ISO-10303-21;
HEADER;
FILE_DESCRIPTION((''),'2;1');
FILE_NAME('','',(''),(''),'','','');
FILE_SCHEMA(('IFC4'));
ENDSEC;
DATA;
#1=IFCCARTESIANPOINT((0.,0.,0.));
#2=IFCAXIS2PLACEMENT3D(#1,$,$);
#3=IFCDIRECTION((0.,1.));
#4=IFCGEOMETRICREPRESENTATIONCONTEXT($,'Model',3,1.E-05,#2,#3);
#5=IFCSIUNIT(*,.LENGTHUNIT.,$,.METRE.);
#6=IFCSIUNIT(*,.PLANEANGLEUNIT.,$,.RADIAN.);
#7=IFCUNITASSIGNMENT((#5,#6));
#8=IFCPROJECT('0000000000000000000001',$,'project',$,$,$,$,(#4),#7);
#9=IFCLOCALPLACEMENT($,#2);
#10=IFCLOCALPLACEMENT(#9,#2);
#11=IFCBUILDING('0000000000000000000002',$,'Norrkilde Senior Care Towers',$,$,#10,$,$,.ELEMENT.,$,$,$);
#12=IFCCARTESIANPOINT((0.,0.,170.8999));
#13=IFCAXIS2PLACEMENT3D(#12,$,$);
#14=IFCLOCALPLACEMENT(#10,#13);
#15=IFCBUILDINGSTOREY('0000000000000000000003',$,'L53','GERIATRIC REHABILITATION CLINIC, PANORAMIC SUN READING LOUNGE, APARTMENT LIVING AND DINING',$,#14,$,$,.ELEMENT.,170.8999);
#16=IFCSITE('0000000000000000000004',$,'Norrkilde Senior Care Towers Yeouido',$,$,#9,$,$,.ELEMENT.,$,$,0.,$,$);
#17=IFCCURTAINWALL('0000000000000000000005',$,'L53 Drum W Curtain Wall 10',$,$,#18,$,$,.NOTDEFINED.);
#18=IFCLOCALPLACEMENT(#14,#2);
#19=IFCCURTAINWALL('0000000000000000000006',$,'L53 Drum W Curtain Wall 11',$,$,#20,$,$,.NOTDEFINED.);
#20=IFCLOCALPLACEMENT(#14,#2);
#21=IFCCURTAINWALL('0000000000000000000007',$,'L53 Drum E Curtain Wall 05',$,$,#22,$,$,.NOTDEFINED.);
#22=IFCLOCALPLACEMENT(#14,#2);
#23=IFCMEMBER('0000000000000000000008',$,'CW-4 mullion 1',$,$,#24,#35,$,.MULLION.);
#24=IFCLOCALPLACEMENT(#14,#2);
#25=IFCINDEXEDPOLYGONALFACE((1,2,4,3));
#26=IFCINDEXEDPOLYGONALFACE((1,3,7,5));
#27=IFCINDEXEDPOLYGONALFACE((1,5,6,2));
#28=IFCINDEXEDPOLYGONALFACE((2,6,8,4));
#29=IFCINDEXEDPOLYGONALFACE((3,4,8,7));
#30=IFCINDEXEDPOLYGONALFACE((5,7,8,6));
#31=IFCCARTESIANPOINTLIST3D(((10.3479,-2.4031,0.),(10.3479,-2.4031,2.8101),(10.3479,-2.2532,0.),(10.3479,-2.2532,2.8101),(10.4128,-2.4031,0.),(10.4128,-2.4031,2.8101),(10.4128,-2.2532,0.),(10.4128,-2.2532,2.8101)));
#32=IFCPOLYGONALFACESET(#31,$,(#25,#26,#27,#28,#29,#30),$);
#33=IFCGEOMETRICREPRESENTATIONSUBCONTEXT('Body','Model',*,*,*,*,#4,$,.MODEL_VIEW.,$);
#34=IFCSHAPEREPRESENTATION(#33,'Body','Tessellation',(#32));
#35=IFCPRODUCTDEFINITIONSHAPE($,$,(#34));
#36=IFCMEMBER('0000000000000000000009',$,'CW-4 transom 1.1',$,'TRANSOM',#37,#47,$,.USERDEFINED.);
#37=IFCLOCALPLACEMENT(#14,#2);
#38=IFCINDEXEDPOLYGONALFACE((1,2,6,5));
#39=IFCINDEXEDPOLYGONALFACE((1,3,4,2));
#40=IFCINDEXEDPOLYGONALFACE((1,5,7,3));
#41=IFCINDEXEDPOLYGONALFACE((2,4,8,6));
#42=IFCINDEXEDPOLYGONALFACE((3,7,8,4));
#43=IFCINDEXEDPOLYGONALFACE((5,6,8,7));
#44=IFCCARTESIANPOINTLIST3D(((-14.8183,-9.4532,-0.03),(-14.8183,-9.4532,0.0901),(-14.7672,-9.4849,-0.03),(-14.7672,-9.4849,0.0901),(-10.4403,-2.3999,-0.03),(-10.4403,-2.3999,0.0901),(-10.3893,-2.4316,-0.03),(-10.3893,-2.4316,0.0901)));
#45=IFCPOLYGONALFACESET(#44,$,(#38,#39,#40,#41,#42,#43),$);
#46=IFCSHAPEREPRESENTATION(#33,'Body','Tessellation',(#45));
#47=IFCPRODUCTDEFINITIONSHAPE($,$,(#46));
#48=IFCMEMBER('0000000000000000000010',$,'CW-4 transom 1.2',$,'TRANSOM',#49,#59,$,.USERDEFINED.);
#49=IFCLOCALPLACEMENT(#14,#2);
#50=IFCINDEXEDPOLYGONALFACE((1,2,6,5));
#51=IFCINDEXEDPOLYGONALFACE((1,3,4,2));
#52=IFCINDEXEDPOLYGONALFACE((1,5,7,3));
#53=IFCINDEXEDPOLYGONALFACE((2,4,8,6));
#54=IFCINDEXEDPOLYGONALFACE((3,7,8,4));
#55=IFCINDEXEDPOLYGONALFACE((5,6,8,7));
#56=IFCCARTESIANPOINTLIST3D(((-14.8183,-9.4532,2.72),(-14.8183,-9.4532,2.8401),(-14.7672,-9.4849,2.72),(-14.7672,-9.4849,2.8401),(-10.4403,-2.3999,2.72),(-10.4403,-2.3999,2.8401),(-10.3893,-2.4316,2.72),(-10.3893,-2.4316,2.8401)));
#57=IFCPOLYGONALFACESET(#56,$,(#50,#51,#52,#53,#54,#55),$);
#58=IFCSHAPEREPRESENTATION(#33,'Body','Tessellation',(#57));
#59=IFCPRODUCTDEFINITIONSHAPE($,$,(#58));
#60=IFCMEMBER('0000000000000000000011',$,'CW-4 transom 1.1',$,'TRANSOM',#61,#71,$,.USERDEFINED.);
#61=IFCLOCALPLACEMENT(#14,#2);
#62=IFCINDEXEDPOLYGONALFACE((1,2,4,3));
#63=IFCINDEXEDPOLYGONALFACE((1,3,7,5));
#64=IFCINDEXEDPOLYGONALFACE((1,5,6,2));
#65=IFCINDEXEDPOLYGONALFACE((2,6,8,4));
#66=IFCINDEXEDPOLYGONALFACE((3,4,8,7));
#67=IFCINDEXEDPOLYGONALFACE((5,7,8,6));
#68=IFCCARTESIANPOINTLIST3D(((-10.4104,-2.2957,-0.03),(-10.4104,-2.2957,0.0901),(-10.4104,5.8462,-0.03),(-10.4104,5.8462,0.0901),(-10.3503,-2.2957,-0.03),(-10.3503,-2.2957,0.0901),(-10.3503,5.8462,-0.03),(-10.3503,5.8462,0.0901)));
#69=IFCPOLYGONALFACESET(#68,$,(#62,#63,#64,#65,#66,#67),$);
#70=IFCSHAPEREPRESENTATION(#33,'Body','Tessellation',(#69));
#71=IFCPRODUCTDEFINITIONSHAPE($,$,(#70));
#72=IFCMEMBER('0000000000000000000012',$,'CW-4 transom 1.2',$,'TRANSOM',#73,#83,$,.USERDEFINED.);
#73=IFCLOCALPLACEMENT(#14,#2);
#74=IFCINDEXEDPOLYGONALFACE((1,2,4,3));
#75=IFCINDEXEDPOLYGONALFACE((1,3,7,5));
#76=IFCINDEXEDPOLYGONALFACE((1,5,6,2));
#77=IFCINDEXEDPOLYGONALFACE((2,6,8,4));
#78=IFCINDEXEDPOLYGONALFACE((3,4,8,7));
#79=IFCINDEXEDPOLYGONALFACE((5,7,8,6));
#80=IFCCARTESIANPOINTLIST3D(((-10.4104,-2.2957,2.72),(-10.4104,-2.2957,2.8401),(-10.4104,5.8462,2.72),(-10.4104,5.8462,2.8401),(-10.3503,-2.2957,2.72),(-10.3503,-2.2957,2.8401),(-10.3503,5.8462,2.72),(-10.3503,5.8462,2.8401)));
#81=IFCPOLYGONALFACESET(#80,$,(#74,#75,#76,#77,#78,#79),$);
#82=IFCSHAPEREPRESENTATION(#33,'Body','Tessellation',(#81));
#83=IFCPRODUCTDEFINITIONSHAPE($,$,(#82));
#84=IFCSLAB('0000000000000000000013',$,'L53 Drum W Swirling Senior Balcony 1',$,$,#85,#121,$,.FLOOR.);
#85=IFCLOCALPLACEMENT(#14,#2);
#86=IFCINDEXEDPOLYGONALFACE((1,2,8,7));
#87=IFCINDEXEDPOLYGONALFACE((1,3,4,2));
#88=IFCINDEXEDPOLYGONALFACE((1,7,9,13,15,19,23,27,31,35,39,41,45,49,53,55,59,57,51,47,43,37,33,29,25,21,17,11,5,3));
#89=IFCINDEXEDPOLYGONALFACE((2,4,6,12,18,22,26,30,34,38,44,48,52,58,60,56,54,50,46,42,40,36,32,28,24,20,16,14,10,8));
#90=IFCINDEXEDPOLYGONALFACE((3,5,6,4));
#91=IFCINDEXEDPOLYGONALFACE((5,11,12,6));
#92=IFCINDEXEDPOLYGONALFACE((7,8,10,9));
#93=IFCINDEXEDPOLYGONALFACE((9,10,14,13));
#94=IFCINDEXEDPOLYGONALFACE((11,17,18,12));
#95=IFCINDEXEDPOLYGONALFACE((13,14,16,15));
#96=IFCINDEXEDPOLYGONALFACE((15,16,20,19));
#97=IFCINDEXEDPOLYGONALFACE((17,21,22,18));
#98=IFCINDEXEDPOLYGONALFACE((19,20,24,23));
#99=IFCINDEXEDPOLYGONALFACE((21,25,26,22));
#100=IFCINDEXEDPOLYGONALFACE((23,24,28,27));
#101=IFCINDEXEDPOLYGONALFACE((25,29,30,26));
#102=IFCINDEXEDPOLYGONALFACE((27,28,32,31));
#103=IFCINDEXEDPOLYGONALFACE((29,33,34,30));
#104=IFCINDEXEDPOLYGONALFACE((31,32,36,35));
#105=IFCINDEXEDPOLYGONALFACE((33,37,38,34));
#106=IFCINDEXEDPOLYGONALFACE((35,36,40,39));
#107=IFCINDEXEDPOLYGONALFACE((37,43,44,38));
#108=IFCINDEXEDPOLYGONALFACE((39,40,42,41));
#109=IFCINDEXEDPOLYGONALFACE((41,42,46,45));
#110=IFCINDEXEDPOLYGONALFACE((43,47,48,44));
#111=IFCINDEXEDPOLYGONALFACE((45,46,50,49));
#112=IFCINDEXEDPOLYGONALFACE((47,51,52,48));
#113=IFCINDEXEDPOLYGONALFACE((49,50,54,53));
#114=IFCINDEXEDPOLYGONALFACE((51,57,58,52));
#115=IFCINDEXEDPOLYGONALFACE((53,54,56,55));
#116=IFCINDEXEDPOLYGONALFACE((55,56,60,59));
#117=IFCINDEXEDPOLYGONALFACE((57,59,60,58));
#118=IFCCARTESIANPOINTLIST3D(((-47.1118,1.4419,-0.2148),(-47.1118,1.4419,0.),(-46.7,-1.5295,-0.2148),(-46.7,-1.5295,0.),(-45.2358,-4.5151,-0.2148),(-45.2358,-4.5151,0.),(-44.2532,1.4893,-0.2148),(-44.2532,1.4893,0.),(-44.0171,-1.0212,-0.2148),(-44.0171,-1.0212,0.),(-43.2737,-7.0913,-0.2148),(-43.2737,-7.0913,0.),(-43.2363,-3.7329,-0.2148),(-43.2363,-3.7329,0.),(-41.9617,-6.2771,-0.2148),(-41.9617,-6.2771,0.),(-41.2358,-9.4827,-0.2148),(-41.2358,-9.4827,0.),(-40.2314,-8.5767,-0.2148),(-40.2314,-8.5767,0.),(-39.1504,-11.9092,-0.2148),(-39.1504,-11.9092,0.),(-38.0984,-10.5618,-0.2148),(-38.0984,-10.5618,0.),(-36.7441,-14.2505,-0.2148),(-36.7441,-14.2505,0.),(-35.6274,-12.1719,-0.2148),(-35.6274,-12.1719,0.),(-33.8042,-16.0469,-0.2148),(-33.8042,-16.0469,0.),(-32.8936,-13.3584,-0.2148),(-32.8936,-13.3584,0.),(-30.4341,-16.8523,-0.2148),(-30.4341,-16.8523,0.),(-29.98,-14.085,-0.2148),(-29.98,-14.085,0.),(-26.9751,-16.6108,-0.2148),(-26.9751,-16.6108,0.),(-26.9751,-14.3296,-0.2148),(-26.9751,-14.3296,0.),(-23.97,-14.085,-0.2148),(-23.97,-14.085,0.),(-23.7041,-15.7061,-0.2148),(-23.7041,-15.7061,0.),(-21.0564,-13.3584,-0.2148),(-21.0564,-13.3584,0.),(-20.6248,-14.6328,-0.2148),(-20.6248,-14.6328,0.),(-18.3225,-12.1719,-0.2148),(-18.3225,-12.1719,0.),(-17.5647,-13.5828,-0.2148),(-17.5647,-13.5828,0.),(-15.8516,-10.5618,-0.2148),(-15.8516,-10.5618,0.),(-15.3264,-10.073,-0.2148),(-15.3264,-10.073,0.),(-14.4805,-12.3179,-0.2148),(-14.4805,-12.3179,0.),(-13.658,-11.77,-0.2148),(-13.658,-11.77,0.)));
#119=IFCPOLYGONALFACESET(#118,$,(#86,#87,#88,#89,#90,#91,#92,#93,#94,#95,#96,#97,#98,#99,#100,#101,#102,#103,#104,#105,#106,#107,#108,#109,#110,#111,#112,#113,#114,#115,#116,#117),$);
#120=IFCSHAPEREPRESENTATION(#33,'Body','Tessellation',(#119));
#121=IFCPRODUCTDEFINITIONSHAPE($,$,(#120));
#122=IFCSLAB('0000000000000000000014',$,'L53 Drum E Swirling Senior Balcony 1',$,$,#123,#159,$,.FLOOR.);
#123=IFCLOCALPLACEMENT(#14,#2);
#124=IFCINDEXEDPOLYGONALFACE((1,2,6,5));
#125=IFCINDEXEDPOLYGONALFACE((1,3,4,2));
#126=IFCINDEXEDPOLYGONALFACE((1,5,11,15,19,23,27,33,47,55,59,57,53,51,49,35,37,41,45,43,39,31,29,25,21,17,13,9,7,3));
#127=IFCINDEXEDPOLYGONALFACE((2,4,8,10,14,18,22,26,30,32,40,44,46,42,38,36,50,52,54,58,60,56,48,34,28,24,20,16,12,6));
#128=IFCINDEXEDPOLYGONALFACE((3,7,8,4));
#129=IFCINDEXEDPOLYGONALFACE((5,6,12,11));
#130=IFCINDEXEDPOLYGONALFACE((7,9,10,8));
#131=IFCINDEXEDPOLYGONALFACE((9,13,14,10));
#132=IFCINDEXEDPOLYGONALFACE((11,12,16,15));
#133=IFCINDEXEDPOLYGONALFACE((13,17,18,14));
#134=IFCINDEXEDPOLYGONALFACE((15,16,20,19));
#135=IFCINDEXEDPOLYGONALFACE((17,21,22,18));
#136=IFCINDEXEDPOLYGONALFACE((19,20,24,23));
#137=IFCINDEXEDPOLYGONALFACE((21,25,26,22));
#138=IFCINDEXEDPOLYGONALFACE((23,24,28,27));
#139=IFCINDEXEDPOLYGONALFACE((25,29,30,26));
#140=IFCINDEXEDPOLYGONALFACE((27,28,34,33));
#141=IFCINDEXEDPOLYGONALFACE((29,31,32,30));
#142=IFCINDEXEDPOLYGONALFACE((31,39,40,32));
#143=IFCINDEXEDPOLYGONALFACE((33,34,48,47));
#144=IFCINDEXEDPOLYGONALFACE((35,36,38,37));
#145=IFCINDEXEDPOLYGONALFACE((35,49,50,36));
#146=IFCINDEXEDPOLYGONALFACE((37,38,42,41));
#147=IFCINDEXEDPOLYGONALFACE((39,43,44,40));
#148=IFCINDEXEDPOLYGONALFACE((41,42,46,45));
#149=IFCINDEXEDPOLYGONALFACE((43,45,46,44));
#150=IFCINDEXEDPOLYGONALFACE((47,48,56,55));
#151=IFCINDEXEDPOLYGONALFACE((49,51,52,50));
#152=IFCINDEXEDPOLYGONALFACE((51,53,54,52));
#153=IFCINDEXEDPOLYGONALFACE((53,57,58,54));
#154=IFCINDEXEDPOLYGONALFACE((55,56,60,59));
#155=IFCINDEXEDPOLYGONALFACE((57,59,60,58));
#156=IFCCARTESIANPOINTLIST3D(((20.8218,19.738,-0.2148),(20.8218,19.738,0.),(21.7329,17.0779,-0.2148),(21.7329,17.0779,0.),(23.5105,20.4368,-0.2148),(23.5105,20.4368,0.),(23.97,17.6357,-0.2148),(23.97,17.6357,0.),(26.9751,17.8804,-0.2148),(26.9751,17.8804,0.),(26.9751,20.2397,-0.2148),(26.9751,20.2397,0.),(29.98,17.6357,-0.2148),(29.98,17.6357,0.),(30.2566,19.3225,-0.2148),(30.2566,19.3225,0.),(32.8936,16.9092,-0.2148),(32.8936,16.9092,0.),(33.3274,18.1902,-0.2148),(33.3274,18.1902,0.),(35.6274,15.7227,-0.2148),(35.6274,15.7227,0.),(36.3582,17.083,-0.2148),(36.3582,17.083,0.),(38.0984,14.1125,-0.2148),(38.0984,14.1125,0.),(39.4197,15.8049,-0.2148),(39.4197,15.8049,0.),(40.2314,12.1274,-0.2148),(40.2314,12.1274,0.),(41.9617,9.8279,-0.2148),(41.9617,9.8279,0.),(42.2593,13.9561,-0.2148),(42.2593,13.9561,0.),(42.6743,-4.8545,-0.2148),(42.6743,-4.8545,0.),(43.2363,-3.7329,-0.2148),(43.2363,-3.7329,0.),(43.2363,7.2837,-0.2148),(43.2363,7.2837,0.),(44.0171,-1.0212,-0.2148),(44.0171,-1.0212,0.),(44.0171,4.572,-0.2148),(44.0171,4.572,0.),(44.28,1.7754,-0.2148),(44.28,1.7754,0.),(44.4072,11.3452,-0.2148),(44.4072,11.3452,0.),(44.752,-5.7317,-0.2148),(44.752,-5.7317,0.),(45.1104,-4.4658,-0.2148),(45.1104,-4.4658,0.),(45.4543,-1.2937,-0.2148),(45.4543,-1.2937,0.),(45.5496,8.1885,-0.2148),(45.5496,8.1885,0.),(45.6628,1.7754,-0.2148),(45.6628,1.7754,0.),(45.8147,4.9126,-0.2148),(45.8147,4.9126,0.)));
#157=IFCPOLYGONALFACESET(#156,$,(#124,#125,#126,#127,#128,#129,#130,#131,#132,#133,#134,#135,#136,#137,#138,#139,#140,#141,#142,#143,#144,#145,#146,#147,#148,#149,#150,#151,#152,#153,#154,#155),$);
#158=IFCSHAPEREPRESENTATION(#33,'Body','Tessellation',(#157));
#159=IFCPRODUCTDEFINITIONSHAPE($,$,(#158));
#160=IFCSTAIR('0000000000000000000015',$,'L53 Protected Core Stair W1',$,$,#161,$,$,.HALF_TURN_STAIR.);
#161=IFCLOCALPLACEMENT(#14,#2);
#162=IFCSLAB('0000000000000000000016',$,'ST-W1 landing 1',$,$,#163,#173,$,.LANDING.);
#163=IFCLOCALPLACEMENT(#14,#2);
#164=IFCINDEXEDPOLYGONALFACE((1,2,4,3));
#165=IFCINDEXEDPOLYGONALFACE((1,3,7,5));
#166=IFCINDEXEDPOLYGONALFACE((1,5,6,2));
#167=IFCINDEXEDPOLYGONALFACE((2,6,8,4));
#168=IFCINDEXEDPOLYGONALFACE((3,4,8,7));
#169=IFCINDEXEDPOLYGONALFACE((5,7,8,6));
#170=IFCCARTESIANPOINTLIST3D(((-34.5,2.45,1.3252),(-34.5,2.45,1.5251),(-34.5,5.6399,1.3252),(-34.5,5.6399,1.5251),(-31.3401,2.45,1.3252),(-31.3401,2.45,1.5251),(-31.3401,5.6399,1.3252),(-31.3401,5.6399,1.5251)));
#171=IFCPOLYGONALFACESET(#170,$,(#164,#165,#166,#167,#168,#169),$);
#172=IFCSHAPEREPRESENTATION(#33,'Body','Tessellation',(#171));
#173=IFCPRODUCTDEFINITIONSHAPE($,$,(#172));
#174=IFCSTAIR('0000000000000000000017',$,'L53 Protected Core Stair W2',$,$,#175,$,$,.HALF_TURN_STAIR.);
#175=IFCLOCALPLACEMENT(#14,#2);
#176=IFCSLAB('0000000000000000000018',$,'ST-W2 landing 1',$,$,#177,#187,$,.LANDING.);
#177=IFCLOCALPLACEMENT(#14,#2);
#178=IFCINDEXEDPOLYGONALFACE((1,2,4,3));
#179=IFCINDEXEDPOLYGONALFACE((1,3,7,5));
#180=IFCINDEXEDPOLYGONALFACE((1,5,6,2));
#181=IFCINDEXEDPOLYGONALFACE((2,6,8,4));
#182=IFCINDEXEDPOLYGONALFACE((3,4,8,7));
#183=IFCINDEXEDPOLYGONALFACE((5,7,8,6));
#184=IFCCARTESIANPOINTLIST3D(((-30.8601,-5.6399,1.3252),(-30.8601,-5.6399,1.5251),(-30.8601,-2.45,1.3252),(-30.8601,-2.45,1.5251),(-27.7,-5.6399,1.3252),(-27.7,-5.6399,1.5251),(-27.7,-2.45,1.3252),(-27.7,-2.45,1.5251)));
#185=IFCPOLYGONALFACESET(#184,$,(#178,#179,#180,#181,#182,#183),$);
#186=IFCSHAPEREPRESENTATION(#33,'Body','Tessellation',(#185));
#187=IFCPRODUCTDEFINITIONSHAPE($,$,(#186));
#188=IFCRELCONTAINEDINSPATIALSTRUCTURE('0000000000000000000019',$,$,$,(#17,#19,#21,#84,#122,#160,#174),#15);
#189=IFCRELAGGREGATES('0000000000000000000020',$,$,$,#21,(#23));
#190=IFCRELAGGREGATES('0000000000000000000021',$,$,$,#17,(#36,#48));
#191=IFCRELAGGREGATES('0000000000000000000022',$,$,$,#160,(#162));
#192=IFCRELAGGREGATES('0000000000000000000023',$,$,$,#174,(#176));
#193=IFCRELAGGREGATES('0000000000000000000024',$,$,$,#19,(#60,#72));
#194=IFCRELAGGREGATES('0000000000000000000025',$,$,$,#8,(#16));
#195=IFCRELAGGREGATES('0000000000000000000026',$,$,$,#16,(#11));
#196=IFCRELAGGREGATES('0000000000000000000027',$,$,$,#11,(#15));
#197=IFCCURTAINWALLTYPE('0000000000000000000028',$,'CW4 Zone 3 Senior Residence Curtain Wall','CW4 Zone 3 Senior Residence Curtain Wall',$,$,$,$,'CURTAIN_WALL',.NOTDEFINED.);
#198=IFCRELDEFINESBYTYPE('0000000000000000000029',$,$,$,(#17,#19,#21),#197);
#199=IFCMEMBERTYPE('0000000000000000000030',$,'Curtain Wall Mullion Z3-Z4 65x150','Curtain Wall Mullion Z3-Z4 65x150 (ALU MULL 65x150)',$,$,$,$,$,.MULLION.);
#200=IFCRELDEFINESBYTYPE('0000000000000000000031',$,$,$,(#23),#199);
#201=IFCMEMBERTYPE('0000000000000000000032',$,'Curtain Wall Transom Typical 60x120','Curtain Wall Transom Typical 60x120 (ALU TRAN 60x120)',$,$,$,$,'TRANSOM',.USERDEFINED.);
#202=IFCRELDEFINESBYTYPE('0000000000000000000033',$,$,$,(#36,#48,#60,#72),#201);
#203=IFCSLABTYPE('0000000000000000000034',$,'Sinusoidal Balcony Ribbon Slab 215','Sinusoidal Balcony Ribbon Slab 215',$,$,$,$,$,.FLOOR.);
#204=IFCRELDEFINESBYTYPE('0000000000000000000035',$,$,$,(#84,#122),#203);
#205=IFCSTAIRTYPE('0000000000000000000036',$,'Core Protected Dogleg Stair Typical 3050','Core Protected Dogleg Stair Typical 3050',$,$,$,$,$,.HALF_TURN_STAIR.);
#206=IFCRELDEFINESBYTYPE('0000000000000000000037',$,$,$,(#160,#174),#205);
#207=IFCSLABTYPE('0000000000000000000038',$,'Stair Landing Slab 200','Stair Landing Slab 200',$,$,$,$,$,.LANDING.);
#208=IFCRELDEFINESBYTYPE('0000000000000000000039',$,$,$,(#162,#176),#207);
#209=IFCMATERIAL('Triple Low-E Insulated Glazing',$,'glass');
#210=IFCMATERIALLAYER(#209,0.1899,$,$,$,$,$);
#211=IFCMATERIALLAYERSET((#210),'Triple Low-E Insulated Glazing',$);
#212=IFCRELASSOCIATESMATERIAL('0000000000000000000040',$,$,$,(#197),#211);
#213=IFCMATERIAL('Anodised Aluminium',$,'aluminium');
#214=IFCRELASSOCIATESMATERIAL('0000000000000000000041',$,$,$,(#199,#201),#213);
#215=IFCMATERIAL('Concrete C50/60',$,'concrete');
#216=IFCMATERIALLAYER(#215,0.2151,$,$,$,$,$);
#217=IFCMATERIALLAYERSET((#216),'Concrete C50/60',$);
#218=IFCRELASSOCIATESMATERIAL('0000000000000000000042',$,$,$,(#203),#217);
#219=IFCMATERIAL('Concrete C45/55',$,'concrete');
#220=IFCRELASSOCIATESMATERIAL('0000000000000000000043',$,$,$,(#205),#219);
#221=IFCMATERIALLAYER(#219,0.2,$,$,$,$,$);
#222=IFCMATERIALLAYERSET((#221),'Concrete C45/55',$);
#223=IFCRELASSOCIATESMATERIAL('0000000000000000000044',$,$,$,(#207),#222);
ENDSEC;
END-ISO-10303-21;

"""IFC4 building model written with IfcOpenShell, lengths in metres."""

from ifc_helpers import new_model, si_unit, direction, frame, origin, origin_2d, place, context, subcontext, project, spatial, polyline, rectangle, outline, extrude, source, transform, mapped, material, layer, layer_set, material_profile, profile_set, type_object, type_shapes, element, aggregate, save


model = new_model("IFC4")

# Units and contexts
model_context = context("Model", 3, precision=1e-05, world=origin(), true_north=direction((0.0, 1.0)))
body_context = subcontext(model_context, "Body", "Model", "MODEL_VIEW")
ifc_project = project(units=[si_unit("LENGTHUNIT", "METRE"), si_unit("PLANEANGLEUNIT", "RADIAN")], contexts=[model_context])

# Site, building, storey
site_placement = place(None, origin())
site = spatial("IfcSite", under=ifc_project, at=site_placement, Name="Norrkilde Senior Care Towers Yeouido", CompositionType="ELEMENT", RefElevation=0.0)
building_placement = place(site_placement, origin())
building = spatial("IfcBuilding", under=site, at=building_placement, Name="Norrkilde Senior Care Towers", CompositionType="ELEMENT")
storey_placement = place(building_placement, frame((0.0, 0.0, 170.8999)))
storey = spatial("IfcBuildingStorey", under=building, at=storey_placement, Name="L53", Description="GERIATRIC REHABILITATION CLINIC, PANORAMIC SUN READING LOUNGE, APARTMENT LIVING AND DINING", CompositionType="ELEMENT", Elevation=170.8999)

# Shared definitions
ifc_material_1 = material(Name="Concrete C50/60", Category="concrete")

# Curtain wall
ifc_material_2 = material(Name="Triple Low-E Insulated Glazing", Category="glass")
ifc_layer_1 = layer(ifc_material_2, 0.1899)
ifc_layer_set_1 = layer_set([ifc_layer_1], Name="Triple Low-E Insulated Glazing")
curtain_wall_type = type_object("IfcCurtainWallType", Name="CW4 Zone 3 Senior Residence Curtain Wall", Description="CW4 Zone 3 Senior Residence Curtain Wall", ElementType="CURTAIN_WALL", PredefinedType="NOTDEFINED", material=ifc_layer_set_1)
ifc_material_3 = material(Name="Anodised Aluminium", Category="aluminium")
ifc_material_profile_1 = material_profile(ifc_material_3, rectangle(XDim=0.0649, YDim=0.1499, at=origin_2d()), Name="ALU MULL 65x150")
ifc_profile_set_1 = profile_set([ifc_material_profile_1], Name="Anodised Aluminium")
member_type_1 = type_object("IfcMemberType", Name="Curtain Wall Mullion Z3-Z4 65x150", Description="Curtain Wall Mullion Z3-Z4 65x150 (ALU MULL 65x150)", PredefinedType="MULLION", material=ifc_profile_set_1)
shared_shape_1 = source(origin(), body_context, "Body", "SweptSolid", [
    extrude(rectangle(XDim=0.0649, YDim=0.1499, at=origin_2d()), origin(), (0.0, 0.0, 1.0), 2.8101),
])
type_shapes(member_type_1, [shared_shape_1])
curtain_wall_1_placement = place(storey_placement, origin())
curtain_wall_1 = element("IfcCurtainWall", 1, at=curtain_wall_1_placement, inside=storey, type_object=curtain_wall_type, Name="L53 Drum W Curtain Wall 10", PredefinedType="NOTDEFINED")

# Curtain wall
curtain_wall_2_placement = place(storey_placement, origin())
curtain_wall_2 = element("IfcCurtainWall", 2, at=curtain_wall_2_placement, inside=storey, type_object=curtain_wall_type, Name="L53 Drum W Curtain Wall 11", PredefinedType="NOTDEFINED")

# Curtain wall, member
curtain_wall_3_placement = place(storey_placement, origin())
curtain_wall_3 = element("IfcCurtainWall", 3, at=curtain_wall_3_placement, inside=storey, type_object=curtain_wall_type, Name="L53 Drum E Curtain Wall 05", PredefinedType="NOTDEFINED")
member_1_placement = place(storey_placement, frame((10.3804, -2.3281, 0.0), z_axis=(0.0, 0.0, 1.0), x_axis=(-1.0, 0.0, 0.0)))
member_1 = element("IfcMember", 4, at=member_1_placement, type_object=member_type_1, Name="CW-4 mullion 1", PredefinedType="MULLION", context=body_context, shape_type="MappedRepresentation", body=[
    mapped(shared_shape_1, transform((0.0, 0.0, 0.0), x_axis=(1.0, 0.0, 0.0), y_axis=(0.0, 1.0, 0.0), z_axis=(0.0, 0.0, 1.0), scale=1.0)),
])
aggregate(curtain_wall_3, [member_1])

# Members
ifc_material_profile_2 = material_profile(ifc_material_3, rectangle(XDim=0.0601, YDim=0.1201, at=origin_2d()), Name="ALU TRAN 60x120")
ifc_profile_set_2 = profile_set([ifc_material_profile_2], Name="Anodised Aluminium")
member_type_2 = type_object("IfcMemberType", Name="Curtain Wall Transom Typical 60x120", Description="Curtain Wall Transom Typical 60x120 (ALU TRAN 60x120)", ElementType="TRANSOM", PredefinedType="USERDEFINED", material=ifc_profile_set_2)
shared_shape_2 = source(origin(), body_context, "Body", "SweptSolid", [
    extrude(rectangle(XDim=0.0601, YDim=0.1201, at=origin_2d()), origin(), (0.0, 0.0, 1.0), 8.3015),
])
member_2_placement = place(storey_placement, frame((-10.4148, -2.4158, 0.03), z_axis=(-0.527369, -0.849637, 0.0), x_axis=(0.849637, -0.527369, 0.0)))
member_2 = element("IfcMember", 5, at=member_2_placement, type_object=member_type_2, Name="CW-4 transom 1.1", ObjectType="TRANSOM", PredefinedType="USERDEFINED", context=body_context, shape_type="MappedRepresentation", body=[
    mapped(shared_shape_2, transform((0.0, 0.0, 0.0), x_axis=(1.0, 0.0, 0.0), y_axis=(0.0, 1.0, 0.0), z_axis=(0.0, 0.0, 1.0), scale=1.0)),
])
member_3_placement = place(storey_placement, frame((-10.4148, -2.4158, 2.78), z_axis=(-0.527369, -0.849637, 0.0), x_axis=(0.849637, -0.527369, 0.0)))
member_3 = element("IfcMember", 6, at=member_3_placement, type_object=member_type_2, Name="CW-4 transom 1.2", ObjectType="TRANSOM", PredefinedType="USERDEFINED", context=body_context, shape_type="MappedRepresentation", body=[
    mapped(shared_shape_2, transform((0.0, 0.0, 0.0), x_axis=(1.0, 0.0, 0.0), y_axis=(0.0, 1.0, 0.0), z_axis=(0.0, 0.0, 1.0), scale=1.0)),
])
aggregate(curtain_wall_1, [member_2, member_3])
shared_shape_3 = source(origin(), body_context, "Body", "SweptSolid", [
    extrude(rectangle(XDim=0.0601, YDim=0.1201, at=origin_2d()), origin(), (0.0, 0.0, 1.0), 8.1418),
])
type_shapes(member_type_2, [shared_shape_2, shared_shape_3])
member_4_placement = place(storey_placement, frame((-10.3804, 5.8462, 0.03), z_axis=(0.0, -1.0, 0.0), x_axis=(1.0, 0.0, 0.0)))
member_4 = element("IfcMember", 7, at=member_4_placement, type_object=member_type_2, Name="CW-4 transom 1.1", ObjectType="TRANSOM", PredefinedType="USERDEFINED", context=body_context, shape_type="MappedRepresentation", body=[
    mapped(shared_shape_3, transform((0.0, 0.0, 0.0), x_axis=(1.0, 0.0, 0.0), y_axis=(0.0, 1.0, 0.0), z_axis=(0.0, 0.0, 1.0), scale=1.0)),
])
member_5_placement = place(storey_placement, frame((-10.3804, 5.8462, 2.78), z_axis=(0.0, -1.0, 0.0), x_axis=(1.0, 0.0, 0.0)))
member_5 = element("IfcMember", 8, at=member_5_placement, type_object=member_type_2, Name="CW-4 transom 1.2", ObjectType="TRANSOM", PredefinedType="USERDEFINED", context=body_context, shape_type="MappedRepresentation", body=[
    mapped(shared_shape_3, transform((0.0, 0.0, 0.0), x_axis=(1.0, 0.0, 0.0), y_axis=(0.0, 1.0, 0.0), z_axis=(0.0, 0.0, 1.0), scale=1.0)),
])

# Slabs
ifc_layer_2 = layer(ifc_material_1, 0.2151)
ifc_layer_set_2 = layer_set([ifc_layer_2], Name="Concrete C50/60")
slab_type_1 = type_object("IfcSlabType", Name="Sinusoidal Balcony Ribbon Slab 215", Description="Sinusoidal Balcony Ribbon Slab 215", PredefinedType="FLOOR", material=ifc_layer_set_2)
slab_1_placement = place(storey_placement, frame((0.0, 0.0, -0.2148)))
element("IfcSlab", 9, at=slab_1_placement, inside=storey, type_object=slab_type_1, Name="L53 Drum W Swirling Senior Balcony 1", PredefinedType="FLOOR", context=body_context, shape_type="SweptSolid", body=[
    extrude(outline(polyline([(-17.5647, -13.5828), (-20.6248, -14.6328), (-23.7041, -15.7061), (-26.9751, -16.6108), (-30.4341, -16.8523), (-33.8042, -16.0469), (-36.7441, -14.2505), (-39.1504, -11.9092), (-41.2358, -9.4827), (-43.2737, -7.0913), (-45.2358, -4.5151), (-46.7, -1.5295), (-47.1118, 1.4419), (-44.2532, 1.4893), (-44.0171, -1.0212), (-43.2363, -3.7329), (-41.9617, -6.2771), (-40.2314, -8.5767), (-38.0984, -10.5618), (-35.6274, -12.1719), (-32.8936, -13.3584), (-29.98, -14.085), (-26.9751, -14.3296), (-23.97, -14.085), (-21.0564, -13.3584), (-18.3225, -12.1719), (-15.8516, -10.5618), (-15.3264, -10.073), (-13.658, -11.77), (-14.4805, -12.3179), (-17.5647, -13.5828)])), origin(), (0.0, 0.0, 1.0), 0.2148),
])
slab_2_placement = place(storey_placement, frame((0.0, 0.0, -0.2148)))
element("IfcSlab", 10, at=slab_2_placement, inside=storey, type_object=slab_type_1, Name="L53 Drum E Swirling Senior Balcony 1", PredefinedType="FLOOR", context=body_context, shape_type="SweptSolid", body=[
    extrude(outline(polyline([(44.752, -5.7317), (42.6743, -4.8545), (43.2363, -3.7329), (44.0171, -1.0212), (44.28, 1.7754), (44.0171, 4.572), (43.2363, 7.2837), (41.9617, 9.8279), (40.2314, 12.1274), (38.0984, 14.1125), (35.6274, 15.7227), (32.8936, 16.9092), (29.98, 17.6357), (26.9751, 17.8804), (23.97, 17.6357), (21.7329, 17.0779), (20.8218, 19.738), (23.5105, 20.4368), (26.9751, 20.2397), (30.2566, 19.3225), (33.3274, 18.1902), (36.3582, 17.083), (39.4197, 15.8049), (42.2593, 13.9561), (44.4072, 11.3452), (45.5496, 8.1885), (45.8147, 4.9126), (45.6628, 1.7754), (45.4543, -1.2937), (45.1104, -4.4658), (44.752, -5.7317)])), origin(), (0.0, 0.0, 1.0), 0.2148),
])

# Stairs, slabs
ifc_material_4 = material(Name="Concrete C45/55", Category="concrete")
stair_type = type_object("IfcStairType", Name="Core Protected Dogleg Stair Typical 3050", Description="Core Protected Dogleg Stair Typical 3050", PredefinedType="HALF_TURN_STAIR", material=ifc_material_4)
stair_1_placement = place(storey_placement, origin())
stair_1 = element("IfcStair", 11, at=stair_1_placement, inside=storey, type_object=stair_type, Name="L53 Protected Core Stair W1", PredefinedType="HALF_TURN_STAIR")
ifc_layer_3 = layer(ifc_material_4, 0.2)
ifc_layer_set_3 = layer_set([ifc_layer_3], Name="Concrete C45/55")
slab_type_2 = type_object("IfcSlabType", Name="Stair Landing Slab 200", Description="Stair Landing Slab 200", PredefinedType="LANDING", material=ifc_layer_set_3)
slab_3_placement = place(storey_placement, frame((0.0, 0.0, 1.3252)))
slab_3 = element("IfcSlab", 12, at=slab_3_placement, type_object=slab_type_2, Name="ST-W1 landing 1", PredefinedType="LANDING", context=body_context, shape_type="SweptSolid", body=[
    extrude(outline(polyline([(-31.3401, 5.6399), (-34.5, 5.6399), (-34.5, 2.45), (-31.3401, 2.45), (-31.3401, 5.6399)])), origin(), (0.0, 0.0, 1.0), 0.2),
])
aggregate(stair_1, [slab_3])
stair_2_placement = place(storey_placement, origin())
stair_2 = element("IfcStair", 13, at=stair_2_placement, inside=storey, type_object=stair_type, Name="L53 Protected Core Stair W2", PredefinedType="HALF_TURN_STAIR")
slab_4_placement = place(storey_placement, frame((0.0, 0.0, 1.3252)))
slab_4 = element("IfcSlab", 14, at=slab_4_placement, type_object=slab_type_2, Name="ST-W2 landing 1", PredefinedType="LANDING", context=body_context, shape_type="SweptSolid", body=[
    extrude(outline(polyline([(-30.8601, -5.6399), (-27.7, -5.6399), (-27.7, -2.45), (-30.8601, -2.45), (-30.8601, -5.6399)])), origin(), (0.0, 0.0, 1.0), 0.2),
])
aggregate(stair_2, [slab_4])

aggregate(curtain_wall_2, [member_4, member_5])

save(model, "model.ifc")
